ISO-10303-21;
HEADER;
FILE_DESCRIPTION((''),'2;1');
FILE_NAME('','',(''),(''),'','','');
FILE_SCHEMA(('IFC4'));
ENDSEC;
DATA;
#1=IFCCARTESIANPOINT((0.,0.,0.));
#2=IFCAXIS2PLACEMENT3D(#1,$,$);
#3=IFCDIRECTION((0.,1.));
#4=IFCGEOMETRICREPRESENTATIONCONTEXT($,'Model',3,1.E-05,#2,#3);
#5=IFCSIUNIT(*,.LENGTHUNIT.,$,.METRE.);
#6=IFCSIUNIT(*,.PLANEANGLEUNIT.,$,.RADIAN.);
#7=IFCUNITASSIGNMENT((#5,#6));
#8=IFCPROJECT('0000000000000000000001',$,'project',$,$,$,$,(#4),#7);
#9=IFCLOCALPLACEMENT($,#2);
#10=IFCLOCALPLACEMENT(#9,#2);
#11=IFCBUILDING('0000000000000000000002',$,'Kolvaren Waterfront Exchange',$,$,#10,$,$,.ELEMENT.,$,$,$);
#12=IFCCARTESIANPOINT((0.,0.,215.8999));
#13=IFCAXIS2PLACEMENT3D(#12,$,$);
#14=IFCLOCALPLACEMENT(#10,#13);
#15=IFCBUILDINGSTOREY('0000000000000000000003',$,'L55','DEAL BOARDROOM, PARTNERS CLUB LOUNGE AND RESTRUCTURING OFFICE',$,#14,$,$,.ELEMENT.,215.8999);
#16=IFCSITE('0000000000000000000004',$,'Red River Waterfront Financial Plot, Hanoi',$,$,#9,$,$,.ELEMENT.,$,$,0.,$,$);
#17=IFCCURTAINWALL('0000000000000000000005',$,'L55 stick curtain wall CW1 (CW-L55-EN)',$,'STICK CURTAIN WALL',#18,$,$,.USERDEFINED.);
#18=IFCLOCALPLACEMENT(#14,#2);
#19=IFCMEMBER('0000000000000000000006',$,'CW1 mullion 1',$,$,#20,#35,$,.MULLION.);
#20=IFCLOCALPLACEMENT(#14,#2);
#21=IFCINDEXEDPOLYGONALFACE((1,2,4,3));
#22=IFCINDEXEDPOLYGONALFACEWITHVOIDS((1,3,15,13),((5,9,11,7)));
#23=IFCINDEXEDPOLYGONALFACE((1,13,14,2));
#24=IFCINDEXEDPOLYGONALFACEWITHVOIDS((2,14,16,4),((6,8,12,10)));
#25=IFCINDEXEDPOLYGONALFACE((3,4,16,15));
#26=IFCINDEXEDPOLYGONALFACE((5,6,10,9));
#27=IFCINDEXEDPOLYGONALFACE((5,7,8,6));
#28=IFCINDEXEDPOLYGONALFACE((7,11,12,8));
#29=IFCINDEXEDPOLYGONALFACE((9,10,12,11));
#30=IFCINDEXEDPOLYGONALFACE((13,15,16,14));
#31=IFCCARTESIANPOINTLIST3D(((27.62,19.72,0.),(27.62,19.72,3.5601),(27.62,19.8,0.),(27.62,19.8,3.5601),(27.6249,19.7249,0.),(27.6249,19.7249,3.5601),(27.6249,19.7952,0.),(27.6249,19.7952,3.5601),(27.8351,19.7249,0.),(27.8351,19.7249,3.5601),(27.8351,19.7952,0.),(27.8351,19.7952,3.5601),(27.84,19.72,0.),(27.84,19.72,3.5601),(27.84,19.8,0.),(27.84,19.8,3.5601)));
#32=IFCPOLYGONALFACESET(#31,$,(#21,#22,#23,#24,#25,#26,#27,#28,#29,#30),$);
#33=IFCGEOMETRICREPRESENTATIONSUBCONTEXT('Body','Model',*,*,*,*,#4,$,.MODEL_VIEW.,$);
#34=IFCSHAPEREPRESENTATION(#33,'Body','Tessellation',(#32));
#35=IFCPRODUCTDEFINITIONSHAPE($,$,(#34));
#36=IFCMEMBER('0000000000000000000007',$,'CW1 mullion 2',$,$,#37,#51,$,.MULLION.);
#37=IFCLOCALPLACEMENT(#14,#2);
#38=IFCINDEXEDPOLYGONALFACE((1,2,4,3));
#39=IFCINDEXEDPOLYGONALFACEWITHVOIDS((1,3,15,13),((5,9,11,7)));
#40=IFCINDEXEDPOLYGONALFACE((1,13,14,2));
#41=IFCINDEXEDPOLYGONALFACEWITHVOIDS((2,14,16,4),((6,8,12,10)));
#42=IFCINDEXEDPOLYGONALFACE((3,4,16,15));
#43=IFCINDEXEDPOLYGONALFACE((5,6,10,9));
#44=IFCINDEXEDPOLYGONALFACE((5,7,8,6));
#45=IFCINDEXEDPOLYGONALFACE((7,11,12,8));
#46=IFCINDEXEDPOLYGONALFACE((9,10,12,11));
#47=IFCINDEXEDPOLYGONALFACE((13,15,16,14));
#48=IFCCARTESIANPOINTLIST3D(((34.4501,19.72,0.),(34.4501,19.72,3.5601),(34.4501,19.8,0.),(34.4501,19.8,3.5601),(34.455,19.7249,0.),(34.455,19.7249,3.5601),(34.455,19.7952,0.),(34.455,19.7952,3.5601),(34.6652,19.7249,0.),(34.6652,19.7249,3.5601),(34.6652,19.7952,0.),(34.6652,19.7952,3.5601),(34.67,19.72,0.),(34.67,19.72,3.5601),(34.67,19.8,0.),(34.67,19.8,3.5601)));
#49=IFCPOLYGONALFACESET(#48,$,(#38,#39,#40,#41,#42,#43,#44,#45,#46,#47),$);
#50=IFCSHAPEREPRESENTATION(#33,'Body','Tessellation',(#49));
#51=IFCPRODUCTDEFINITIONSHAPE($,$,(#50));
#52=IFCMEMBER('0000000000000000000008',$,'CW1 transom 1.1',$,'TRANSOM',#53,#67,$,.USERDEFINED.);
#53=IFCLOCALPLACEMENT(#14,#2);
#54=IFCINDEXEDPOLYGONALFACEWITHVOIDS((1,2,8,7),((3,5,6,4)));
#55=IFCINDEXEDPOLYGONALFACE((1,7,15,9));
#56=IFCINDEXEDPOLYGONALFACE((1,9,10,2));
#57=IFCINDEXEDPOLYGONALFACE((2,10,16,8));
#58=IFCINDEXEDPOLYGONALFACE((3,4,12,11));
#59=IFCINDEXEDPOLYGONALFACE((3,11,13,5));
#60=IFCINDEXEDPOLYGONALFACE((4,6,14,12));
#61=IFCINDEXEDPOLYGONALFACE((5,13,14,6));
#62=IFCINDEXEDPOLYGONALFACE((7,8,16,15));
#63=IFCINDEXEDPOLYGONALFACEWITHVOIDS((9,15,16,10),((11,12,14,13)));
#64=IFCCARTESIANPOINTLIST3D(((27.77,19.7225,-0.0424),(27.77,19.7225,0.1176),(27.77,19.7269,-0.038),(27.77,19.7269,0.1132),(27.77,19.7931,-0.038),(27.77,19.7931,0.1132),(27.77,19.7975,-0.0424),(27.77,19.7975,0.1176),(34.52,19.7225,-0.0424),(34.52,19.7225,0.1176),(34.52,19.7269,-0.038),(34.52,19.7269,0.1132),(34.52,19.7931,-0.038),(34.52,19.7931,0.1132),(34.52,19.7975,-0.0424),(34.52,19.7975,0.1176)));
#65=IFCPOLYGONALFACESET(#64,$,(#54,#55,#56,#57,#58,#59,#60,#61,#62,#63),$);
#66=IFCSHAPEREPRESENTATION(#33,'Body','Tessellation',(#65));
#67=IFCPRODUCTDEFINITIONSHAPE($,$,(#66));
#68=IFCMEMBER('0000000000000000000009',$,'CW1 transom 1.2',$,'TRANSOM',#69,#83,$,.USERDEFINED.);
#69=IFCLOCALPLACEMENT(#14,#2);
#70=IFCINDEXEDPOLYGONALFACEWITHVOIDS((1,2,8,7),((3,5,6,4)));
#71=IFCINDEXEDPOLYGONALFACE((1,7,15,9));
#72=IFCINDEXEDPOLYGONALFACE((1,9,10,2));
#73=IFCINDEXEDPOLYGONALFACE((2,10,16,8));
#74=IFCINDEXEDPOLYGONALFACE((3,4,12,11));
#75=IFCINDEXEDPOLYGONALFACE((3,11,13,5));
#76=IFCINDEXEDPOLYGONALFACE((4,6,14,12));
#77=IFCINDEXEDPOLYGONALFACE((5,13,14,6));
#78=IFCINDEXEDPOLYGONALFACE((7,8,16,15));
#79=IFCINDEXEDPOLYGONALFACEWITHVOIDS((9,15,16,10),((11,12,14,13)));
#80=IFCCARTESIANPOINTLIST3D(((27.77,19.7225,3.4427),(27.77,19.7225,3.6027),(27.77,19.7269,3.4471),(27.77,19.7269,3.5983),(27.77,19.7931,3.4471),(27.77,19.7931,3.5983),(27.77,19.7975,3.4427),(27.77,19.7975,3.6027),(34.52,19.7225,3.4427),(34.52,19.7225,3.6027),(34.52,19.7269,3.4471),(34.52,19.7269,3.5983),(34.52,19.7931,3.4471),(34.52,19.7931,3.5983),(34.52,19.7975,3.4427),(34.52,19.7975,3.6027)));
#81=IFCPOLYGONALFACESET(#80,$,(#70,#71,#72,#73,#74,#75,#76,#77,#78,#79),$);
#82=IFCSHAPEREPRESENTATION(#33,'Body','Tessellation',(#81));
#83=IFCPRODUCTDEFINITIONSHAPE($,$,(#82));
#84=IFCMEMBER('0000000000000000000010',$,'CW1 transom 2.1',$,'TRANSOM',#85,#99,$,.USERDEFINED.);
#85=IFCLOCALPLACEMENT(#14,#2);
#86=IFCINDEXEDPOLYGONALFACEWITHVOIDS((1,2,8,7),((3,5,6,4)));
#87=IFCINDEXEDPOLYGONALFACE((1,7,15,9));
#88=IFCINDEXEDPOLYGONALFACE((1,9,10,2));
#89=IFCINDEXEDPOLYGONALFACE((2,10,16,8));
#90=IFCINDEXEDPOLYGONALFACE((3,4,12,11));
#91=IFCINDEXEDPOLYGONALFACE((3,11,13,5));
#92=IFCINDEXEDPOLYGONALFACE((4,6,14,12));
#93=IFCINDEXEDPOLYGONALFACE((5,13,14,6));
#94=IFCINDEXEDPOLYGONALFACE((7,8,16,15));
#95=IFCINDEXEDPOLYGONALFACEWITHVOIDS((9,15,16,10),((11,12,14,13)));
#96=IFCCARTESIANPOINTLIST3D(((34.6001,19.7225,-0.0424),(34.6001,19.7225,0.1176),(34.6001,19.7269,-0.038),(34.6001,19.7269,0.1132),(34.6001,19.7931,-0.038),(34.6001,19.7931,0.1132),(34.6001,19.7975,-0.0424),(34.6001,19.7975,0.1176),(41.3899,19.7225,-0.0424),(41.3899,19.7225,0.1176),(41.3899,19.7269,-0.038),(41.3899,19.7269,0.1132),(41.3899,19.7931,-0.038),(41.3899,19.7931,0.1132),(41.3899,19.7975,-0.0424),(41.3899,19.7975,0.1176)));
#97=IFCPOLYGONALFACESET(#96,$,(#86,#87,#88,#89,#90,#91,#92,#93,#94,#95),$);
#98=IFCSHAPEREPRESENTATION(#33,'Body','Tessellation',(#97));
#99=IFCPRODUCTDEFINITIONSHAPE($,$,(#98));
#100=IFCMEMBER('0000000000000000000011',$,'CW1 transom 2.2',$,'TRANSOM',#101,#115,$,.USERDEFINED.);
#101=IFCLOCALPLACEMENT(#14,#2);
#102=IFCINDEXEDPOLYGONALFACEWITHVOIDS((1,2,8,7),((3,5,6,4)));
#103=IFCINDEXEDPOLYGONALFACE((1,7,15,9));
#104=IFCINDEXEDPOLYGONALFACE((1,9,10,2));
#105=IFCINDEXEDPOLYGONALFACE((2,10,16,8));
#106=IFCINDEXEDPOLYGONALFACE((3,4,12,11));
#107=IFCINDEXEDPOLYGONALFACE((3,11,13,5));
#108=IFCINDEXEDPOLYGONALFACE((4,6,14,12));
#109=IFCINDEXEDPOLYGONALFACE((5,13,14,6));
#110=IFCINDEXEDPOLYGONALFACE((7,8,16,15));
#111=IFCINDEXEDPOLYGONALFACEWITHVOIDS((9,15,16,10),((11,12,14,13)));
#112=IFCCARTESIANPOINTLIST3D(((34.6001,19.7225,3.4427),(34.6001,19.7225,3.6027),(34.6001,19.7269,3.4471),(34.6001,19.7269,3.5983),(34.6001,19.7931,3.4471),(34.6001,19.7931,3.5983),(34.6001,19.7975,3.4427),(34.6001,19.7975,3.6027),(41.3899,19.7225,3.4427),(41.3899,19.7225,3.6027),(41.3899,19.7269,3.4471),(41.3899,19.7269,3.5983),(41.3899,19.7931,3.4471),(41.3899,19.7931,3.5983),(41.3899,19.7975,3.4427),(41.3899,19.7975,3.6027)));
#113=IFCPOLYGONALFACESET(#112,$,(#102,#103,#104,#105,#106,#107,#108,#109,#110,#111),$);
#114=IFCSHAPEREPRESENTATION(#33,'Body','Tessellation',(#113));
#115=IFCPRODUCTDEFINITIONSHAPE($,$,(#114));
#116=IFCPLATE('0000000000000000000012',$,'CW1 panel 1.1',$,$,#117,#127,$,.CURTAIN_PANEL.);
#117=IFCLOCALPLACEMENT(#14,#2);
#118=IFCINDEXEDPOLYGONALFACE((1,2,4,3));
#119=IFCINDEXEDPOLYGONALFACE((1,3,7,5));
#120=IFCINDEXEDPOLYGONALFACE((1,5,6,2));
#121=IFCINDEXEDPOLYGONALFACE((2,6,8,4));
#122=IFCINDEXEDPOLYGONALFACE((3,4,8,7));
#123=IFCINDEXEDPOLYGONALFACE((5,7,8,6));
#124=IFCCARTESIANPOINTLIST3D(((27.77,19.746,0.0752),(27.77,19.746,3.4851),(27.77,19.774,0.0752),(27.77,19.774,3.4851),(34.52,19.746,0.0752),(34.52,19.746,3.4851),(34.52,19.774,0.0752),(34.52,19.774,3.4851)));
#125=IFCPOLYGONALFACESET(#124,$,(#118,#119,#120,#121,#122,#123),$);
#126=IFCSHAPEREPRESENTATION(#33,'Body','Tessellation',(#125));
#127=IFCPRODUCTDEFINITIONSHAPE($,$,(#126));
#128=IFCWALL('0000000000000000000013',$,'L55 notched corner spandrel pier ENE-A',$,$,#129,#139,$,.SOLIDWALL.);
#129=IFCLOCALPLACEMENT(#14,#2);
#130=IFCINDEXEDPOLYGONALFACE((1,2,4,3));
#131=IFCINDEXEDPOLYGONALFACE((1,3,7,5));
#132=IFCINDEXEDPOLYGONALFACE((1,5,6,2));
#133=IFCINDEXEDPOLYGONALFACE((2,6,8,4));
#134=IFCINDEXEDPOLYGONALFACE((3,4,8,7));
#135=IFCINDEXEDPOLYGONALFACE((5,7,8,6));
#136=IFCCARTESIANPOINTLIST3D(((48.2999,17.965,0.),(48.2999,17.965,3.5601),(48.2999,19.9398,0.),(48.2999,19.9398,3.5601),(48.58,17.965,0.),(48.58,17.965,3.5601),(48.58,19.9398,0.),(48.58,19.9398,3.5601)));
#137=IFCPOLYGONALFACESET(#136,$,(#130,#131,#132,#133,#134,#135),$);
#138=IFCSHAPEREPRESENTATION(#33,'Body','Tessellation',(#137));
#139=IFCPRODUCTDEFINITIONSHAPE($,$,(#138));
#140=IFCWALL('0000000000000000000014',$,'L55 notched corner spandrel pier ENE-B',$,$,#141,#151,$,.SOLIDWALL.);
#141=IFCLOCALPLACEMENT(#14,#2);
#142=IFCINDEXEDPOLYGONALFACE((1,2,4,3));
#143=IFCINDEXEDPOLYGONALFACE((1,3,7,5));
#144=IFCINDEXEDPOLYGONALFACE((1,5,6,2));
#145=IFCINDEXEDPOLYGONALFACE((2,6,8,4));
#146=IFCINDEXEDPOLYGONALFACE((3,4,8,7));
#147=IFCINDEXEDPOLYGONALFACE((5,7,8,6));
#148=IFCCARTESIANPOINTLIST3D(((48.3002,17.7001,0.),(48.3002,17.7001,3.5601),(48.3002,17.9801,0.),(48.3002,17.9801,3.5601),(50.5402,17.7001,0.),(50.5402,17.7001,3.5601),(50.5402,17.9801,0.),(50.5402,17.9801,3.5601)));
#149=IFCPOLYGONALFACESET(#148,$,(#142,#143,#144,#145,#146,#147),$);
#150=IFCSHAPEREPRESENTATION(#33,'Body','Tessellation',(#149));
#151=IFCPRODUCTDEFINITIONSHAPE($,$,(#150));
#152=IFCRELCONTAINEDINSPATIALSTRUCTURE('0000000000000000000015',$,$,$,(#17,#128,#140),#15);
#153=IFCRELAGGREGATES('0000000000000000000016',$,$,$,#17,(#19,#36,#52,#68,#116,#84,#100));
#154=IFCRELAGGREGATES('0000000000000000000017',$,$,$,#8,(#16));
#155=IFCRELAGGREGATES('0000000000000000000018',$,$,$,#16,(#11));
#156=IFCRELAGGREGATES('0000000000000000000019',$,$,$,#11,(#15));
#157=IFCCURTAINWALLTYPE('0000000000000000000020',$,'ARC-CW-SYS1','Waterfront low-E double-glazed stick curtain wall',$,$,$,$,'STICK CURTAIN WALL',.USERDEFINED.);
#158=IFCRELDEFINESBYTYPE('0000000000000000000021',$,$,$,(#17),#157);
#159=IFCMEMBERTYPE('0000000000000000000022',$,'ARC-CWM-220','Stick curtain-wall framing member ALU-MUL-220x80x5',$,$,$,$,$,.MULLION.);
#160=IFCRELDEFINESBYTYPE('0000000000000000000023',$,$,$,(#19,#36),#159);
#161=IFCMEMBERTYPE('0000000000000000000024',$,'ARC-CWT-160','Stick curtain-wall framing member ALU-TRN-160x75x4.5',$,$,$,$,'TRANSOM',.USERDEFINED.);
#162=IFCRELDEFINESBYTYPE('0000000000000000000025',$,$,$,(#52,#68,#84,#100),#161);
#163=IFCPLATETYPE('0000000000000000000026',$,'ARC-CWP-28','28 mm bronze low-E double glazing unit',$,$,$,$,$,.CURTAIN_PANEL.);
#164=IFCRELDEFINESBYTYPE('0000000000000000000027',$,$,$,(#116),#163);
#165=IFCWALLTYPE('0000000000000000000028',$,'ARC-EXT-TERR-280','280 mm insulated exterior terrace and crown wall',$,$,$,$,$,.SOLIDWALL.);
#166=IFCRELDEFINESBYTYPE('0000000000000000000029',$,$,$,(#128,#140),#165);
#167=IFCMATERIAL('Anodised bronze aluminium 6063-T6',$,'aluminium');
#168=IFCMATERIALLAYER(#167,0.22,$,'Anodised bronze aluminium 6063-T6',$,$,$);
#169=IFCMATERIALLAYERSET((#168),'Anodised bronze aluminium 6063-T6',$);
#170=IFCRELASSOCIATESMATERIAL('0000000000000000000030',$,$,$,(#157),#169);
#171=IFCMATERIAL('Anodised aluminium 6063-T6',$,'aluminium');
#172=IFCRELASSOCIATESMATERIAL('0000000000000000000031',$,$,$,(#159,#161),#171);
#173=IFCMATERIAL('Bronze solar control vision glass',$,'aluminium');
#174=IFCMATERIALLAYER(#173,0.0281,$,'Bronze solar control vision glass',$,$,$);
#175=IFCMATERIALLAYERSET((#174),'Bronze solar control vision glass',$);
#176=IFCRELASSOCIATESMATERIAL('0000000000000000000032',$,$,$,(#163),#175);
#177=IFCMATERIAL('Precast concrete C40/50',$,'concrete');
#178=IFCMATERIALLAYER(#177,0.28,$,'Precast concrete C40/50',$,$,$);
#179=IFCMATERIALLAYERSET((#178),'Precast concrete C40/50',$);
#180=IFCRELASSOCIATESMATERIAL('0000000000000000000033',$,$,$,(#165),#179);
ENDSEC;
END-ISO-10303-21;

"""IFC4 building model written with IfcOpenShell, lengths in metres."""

from ifc_helpers import new_model, si_unit, direction, frame, frame_2d, origin, origin_with_axes, origin_2d, place, context, subcontext, project, spatial, rectangle, hollow_rectangle, extrude, source, transform, mapped, material, layer, layer_set, material_profile, profile_set, type_object, element, aggregate, save


model = new_model("IFC4")

# Units and contexts
model_context = context("Model", 3, precision=1e-05, world=origin(), true_north=direction((0.0, 1.0)))
body_context = subcontext(model_context, "Body", "Model", "MODEL_VIEW")
ifc_project = project(units=[si_unit("LENGTHUNIT", "METRE"), si_unit("PLANEANGLEUNIT", "RADIAN")], contexts=[model_context])

# Site, building, storey
site_placement = place(None, origin())
site = spatial("IfcSite", under=ifc_project, at=site_placement, Name="Red River Waterfront Financial Plot, Hanoi", CompositionType="ELEMENT", RefElevation=0.0)
building_placement = place(site_placement, origin())
building = spatial("IfcBuilding", under=site, at=building_placement, Name="Kolvaren Waterfront Exchange", CompositionType="ELEMENT")
storey_placement = place(building_placement, frame((0.0, 0.0, 215.8999)))
storey = spatial("IfcBuildingStorey", under=building, at=storey_placement, Name="L55", Description="DEAL BOARDROOM, PARTNERS CLUB LOUNGE AND RESTRUCTURING OFFICE", CompositionType="ELEMENT", Elevation=215.8999)

# Curtain wall, members, plate
ifc_material_1 = material(Name="Anodised bronze aluminium 6063-T6", Category="aluminium")
ifc_layer_1 = layer(ifc_material_1, 0.22, Name="Anodised bronze aluminium 6063-T6")
ifc_layer_set_1 = layer_set([ifc_layer_1], Name="Anodised bronze aluminium 6063-T6")
curtain_wall_type = type_object("IfcCurtainWallType", Name="ARC-CW-SYS1", Description="Waterfront low-E double-glazed stick curtain wall", ElementType="STICK CURTAIN WALL", PredefinedType="USERDEFINED", material=ifc_layer_set_1)
curtain_wall_placement = place(storey_placement, origin())
curtain_wall = element("IfcCurtainWall", 1, at=curtain_wall_placement, inside=storey, type_object=curtain_wall_type, Name="L55 stick curtain wall CW1 (CW-L55-EN)", ObjectType="STICK CURTAIN WALL", PredefinedType="USERDEFINED")
ifc_material_2 = material(Name="Anodised aluminium 6063-T6", Category="aluminium")
ifc_material_profile_1 = material_profile(ifc_material_2, hollow_rectangle(XDim=0.0801, YDim=0.22, WallThickness=0.0049, at=origin_2d()), Name="ALU-MUL-220x80x5")
ifc_profile_set_1 = profile_set([ifc_material_profile_1], Name="Anodised aluminium 6063-T6")
member_type_1 = type_object("IfcMemberType", Name="ARC-CWM-220", Description="Stick curtain-wall framing member ALU-MUL-220x80x5", PredefinedType="MULLION", material=ifc_profile_set_1)
shared_shape_1 = source(origin_with_axes(), body_context, "Body", "SweptSolid", [
    extrude(hollow_rectangle(XDim=0.0801, YDim=0.22, WallThickness=0.0049, at=origin_2d()), origin(), (0.0, 0.0, 1.0), 3.5601),
])
member_1_placement = place(storey_placement, frame((27.73, 19.76, 0.0), z_axis=(0.0, 0.0, 1.0), x_axis=(0.0, 1.0, 0.0)))
member_1 = element("IfcMember", 2, at=member_1_placement, type_object=member_type_1, Name="CW1 mullion 1", PredefinedType="MULLION", context=body_context, shape_type="MappedRepresentation", body=[
    mapped(shared_shape_1, transform((0.0, 0.0, 0.0), x_axis=(1.0, 0.0, 0.0), y_axis=(0.0, 1.0, 0.0), z_axis=(0.0, 0.0, 1.0), scale=1.0)),
])
member_2_placement = place(storey_placement, frame((34.5601, 19.76, 0.0), z_axis=(0.0, 0.0, 1.0), x_axis=(0.0, 1.0, 0.0)))
member_2 = element("IfcMember", 3, at=member_2_placement, type_object=member_type_1, Name="CW1 mullion 2", PredefinedType="MULLION", context=body_context, shape_type="MappedRepresentation", body=[
    mapped(shared_shape_1, transform((0.0, 0.0, 0.0), x_axis=(1.0, 0.0, 0.0), y_axis=(0.0, 1.0, 0.0), z_axis=(0.0, 0.0, 1.0), scale=1.0)),
])
ifc_material_profile_2 = material_profile(ifc_material_2, hollow_rectangle(XDim=0.075, YDim=0.1599, WallThickness=0.0044, at=origin_2d()), Name="ALU-TRN-160x75x4.5")
ifc_profile_set_2 = profile_set([ifc_material_profile_2], Name="Anodised aluminium 6063-T6")
member_type_2 = type_object("IfcMemberType", Name="ARC-CWT-160", Description="Stick curtain-wall framing member ALU-TRN-160x75x4.5", ElementType="TRANSOM", PredefinedType="USERDEFINED", material=ifc_profile_set_2)
shared_shape_2 = source(origin_with_axes(), body_context, "Body", "SweptSolid", [
    extrude(hollow_rectangle(XDim=0.075, YDim=0.1599, WallThickness=0.0044, at=origin_2d()), origin(), (0.0, 0.0, 1.0), 6.75),
])
member_3_placement = place(storey_placement, frame((27.77, 19.76, 0.0376), z_axis=(1.0, 0.0, 0.0), x_axis=(0.0, 1.0, 0.0)))
member_3 = element("IfcMember", 4, at=member_3_placement, type_object=member_type_2, Name="CW1 transom 1.1", ObjectType="TRANSOM", PredefinedType="USERDEFINED", context=body_context, shape_type="MappedRepresentation", body=[
    mapped(shared_shape_2, transform((0.0, 0.0, 0.0), x_axis=(1.0, 0.0, 0.0), y_axis=(0.0, 1.0, 0.0), z_axis=(0.0, 0.0, 1.0), scale=1.0)),
])
member_4_placement = place(storey_placement, frame((27.77, 19.76, 3.5227), z_axis=(1.0, 0.0, 0.0), x_axis=(0.0, 1.0, 0.0)))
member_4 = element("IfcMember", 5, at=member_4_placement, type_object=member_type_2, Name="CW1 transom 1.2", ObjectType="TRANSOM", PredefinedType="USERDEFINED", context=body_context, shape_type="MappedRepresentation", body=[
    mapped(shared_shape_2, transform((0.0, 0.0, 0.0), x_axis=(1.0, 0.0, 0.0), y_axis=(0.0, 1.0, 0.0), z_axis=(0.0, 0.0, 1.0), scale=1.0)),
])
shared_shape_3 = source(origin_with_axes(), body_context, "Body", "SweptSolid", [
    extrude(hollow_rectangle(XDim=0.075, YDim=0.1599, WallThickness=0.0044, at=origin_2d()), origin(), (0.0, 0.0, 1.0), 6.7898),
])
member_5_placement = place(storey_placement, frame((34.6001, 19.76, 0.0376), z_axis=(1.0, 0.0, 0.0), x_axis=(0.0, 1.0, 0.0)))
member_5 = element("IfcMember", 6, at=member_5_placement, type_object=member_type_2, Name="CW1 transom 2.1", ObjectType="TRANSOM", PredefinedType="USERDEFINED", context=body_context, shape_type="MappedRepresentation", body=[
    mapped(shared_shape_3, transform((0.0, 0.0, 0.0), x_axis=(1.0, 0.0, 0.0), y_axis=(0.0, 1.0, 0.0), z_axis=(0.0, 0.0, 1.0), scale=1.0)),
])
member_6_placement = place(storey_placement, frame((34.6001, 19.76, 3.5227), z_axis=(1.0, 0.0, 0.0), x_axis=(0.0, 1.0, 0.0)))
member_6 = element("IfcMember", 7, at=member_6_placement, type_object=member_type_2, Name="CW1 transom 2.2", ObjectType="TRANSOM", PredefinedType="USERDEFINED", context=body_context, shape_type="MappedRepresentation", body=[
    mapped(shared_shape_3, transform((0.0, 0.0, 0.0), x_axis=(1.0, 0.0, 0.0), y_axis=(0.0, 1.0, 0.0), z_axis=(0.0, 0.0, 1.0), scale=1.0)),
])
ifc_material_3 = material(Name="Bronze solar control vision glass", Category="aluminium")
ifc_layer_2 = layer(ifc_material_3, 0.0281, Name="Bronze solar control vision glass")
ifc_layer_set_2 = layer_set([ifc_layer_2], Name="Bronze solar control vision glass")
plate_type = type_object("IfcPlateType", Name="ARC-CWP-28", Description="28 mm bronze low-E double glazing unit", PredefinedType="CURTAIN_PANEL", material=ifc_layer_set_2)
shared_shape_4 = source(origin_with_axes(), body_context, "Body", "SweptSolid", [
    extrude(rectangle(XDim=6.75, YDim=0.0281, at=origin_2d()), origin(), (0.0, 0.0, 1.0), 3.4099),
])
plate_placement = place(storey_placement, frame((31.145, 19.76, 0.0752), z_axis=(0.0, 0.0, 1.0), x_axis=(1.0, 0.0, 0.0)))
plate = element("IfcPlate", 8, at=plate_placement, type_object=plate_type, Name="CW1 panel 1.1", PredefinedType="CURTAIN_PANEL", context=body_context, shape_type="MappedRepresentation", body=[
    mapped(shared_shape_4, transform((0.0, 0.0, 0.0), x_axis=(1.0, 0.0, 0.0), y_axis=(0.0, 1.0, 0.0), z_axis=(0.0, 0.0, 1.0), scale=1.0)),
])
aggregate(curtain_wall, [member_1, member_2, member_3, member_4, plate, member_5, member_6])

# Walls
ifc_material_4 = material(Name="Precast concrete C40/50", Category="concrete")
ifc_layer_3 = layer(ifc_material_4, 0.28, Name="Precast concrete C40/50")
ifc_layer_set_3 = layer_set([ifc_layer_3], Name="Precast concrete C40/50")
wall_type_1 = type_object("IfcWallType", Name="ARC-EXT-TERR-280", Description="280 mm insulated exterior terrace and crown wall", PredefinedType="SOLIDWALL", material=ifc_layer_set_3)
wall_1_placement = place(storey_placement, frame((48.4399, 17.9651, 0.0), z_axis=(0.0, 0.0, 1.0), x_axis=(0.0, 1.0, 0.0)))
element("IfcWall", 9, at=wall_1_placement, inside=storey, type_object=wall_type_1, Name="L55 notched corner spandrel pier ENE-A", PredefinedType="SOLIDWALL", context=body_context, shape_type="SweptSolid", body=[
    extrude(rectangle(XDim=1.9749, YDim=0.28, at=frame_2d((0.9873, 0.0))), origin(), (0.0, 0.0, 1.0), 3.5601),
])
wall_2_placement = place(storey_placement, frame((48.3, 17.8401, 0.0), z_axis=(0.0, 0.0, 1.0), x_axis=(1.0, 0.0, 0.0)))
element("IfcWall", 10, at=wall_2_placement, inside=storey, type_object=wall_type_1, Name="L55 notched corner spandrel pier ENE-B", PredefinedType="SOLIDWALL", context=body_context, shape_type="SweptSolid", body=[
    extrude(rectangle(XDim=2.24, YDim=0.28, at=frame_2d((1.1201, 0.0))), origin(), (0.0, 0.0, 1.0), 3.5601),
])

save(model, "model.ifc")
